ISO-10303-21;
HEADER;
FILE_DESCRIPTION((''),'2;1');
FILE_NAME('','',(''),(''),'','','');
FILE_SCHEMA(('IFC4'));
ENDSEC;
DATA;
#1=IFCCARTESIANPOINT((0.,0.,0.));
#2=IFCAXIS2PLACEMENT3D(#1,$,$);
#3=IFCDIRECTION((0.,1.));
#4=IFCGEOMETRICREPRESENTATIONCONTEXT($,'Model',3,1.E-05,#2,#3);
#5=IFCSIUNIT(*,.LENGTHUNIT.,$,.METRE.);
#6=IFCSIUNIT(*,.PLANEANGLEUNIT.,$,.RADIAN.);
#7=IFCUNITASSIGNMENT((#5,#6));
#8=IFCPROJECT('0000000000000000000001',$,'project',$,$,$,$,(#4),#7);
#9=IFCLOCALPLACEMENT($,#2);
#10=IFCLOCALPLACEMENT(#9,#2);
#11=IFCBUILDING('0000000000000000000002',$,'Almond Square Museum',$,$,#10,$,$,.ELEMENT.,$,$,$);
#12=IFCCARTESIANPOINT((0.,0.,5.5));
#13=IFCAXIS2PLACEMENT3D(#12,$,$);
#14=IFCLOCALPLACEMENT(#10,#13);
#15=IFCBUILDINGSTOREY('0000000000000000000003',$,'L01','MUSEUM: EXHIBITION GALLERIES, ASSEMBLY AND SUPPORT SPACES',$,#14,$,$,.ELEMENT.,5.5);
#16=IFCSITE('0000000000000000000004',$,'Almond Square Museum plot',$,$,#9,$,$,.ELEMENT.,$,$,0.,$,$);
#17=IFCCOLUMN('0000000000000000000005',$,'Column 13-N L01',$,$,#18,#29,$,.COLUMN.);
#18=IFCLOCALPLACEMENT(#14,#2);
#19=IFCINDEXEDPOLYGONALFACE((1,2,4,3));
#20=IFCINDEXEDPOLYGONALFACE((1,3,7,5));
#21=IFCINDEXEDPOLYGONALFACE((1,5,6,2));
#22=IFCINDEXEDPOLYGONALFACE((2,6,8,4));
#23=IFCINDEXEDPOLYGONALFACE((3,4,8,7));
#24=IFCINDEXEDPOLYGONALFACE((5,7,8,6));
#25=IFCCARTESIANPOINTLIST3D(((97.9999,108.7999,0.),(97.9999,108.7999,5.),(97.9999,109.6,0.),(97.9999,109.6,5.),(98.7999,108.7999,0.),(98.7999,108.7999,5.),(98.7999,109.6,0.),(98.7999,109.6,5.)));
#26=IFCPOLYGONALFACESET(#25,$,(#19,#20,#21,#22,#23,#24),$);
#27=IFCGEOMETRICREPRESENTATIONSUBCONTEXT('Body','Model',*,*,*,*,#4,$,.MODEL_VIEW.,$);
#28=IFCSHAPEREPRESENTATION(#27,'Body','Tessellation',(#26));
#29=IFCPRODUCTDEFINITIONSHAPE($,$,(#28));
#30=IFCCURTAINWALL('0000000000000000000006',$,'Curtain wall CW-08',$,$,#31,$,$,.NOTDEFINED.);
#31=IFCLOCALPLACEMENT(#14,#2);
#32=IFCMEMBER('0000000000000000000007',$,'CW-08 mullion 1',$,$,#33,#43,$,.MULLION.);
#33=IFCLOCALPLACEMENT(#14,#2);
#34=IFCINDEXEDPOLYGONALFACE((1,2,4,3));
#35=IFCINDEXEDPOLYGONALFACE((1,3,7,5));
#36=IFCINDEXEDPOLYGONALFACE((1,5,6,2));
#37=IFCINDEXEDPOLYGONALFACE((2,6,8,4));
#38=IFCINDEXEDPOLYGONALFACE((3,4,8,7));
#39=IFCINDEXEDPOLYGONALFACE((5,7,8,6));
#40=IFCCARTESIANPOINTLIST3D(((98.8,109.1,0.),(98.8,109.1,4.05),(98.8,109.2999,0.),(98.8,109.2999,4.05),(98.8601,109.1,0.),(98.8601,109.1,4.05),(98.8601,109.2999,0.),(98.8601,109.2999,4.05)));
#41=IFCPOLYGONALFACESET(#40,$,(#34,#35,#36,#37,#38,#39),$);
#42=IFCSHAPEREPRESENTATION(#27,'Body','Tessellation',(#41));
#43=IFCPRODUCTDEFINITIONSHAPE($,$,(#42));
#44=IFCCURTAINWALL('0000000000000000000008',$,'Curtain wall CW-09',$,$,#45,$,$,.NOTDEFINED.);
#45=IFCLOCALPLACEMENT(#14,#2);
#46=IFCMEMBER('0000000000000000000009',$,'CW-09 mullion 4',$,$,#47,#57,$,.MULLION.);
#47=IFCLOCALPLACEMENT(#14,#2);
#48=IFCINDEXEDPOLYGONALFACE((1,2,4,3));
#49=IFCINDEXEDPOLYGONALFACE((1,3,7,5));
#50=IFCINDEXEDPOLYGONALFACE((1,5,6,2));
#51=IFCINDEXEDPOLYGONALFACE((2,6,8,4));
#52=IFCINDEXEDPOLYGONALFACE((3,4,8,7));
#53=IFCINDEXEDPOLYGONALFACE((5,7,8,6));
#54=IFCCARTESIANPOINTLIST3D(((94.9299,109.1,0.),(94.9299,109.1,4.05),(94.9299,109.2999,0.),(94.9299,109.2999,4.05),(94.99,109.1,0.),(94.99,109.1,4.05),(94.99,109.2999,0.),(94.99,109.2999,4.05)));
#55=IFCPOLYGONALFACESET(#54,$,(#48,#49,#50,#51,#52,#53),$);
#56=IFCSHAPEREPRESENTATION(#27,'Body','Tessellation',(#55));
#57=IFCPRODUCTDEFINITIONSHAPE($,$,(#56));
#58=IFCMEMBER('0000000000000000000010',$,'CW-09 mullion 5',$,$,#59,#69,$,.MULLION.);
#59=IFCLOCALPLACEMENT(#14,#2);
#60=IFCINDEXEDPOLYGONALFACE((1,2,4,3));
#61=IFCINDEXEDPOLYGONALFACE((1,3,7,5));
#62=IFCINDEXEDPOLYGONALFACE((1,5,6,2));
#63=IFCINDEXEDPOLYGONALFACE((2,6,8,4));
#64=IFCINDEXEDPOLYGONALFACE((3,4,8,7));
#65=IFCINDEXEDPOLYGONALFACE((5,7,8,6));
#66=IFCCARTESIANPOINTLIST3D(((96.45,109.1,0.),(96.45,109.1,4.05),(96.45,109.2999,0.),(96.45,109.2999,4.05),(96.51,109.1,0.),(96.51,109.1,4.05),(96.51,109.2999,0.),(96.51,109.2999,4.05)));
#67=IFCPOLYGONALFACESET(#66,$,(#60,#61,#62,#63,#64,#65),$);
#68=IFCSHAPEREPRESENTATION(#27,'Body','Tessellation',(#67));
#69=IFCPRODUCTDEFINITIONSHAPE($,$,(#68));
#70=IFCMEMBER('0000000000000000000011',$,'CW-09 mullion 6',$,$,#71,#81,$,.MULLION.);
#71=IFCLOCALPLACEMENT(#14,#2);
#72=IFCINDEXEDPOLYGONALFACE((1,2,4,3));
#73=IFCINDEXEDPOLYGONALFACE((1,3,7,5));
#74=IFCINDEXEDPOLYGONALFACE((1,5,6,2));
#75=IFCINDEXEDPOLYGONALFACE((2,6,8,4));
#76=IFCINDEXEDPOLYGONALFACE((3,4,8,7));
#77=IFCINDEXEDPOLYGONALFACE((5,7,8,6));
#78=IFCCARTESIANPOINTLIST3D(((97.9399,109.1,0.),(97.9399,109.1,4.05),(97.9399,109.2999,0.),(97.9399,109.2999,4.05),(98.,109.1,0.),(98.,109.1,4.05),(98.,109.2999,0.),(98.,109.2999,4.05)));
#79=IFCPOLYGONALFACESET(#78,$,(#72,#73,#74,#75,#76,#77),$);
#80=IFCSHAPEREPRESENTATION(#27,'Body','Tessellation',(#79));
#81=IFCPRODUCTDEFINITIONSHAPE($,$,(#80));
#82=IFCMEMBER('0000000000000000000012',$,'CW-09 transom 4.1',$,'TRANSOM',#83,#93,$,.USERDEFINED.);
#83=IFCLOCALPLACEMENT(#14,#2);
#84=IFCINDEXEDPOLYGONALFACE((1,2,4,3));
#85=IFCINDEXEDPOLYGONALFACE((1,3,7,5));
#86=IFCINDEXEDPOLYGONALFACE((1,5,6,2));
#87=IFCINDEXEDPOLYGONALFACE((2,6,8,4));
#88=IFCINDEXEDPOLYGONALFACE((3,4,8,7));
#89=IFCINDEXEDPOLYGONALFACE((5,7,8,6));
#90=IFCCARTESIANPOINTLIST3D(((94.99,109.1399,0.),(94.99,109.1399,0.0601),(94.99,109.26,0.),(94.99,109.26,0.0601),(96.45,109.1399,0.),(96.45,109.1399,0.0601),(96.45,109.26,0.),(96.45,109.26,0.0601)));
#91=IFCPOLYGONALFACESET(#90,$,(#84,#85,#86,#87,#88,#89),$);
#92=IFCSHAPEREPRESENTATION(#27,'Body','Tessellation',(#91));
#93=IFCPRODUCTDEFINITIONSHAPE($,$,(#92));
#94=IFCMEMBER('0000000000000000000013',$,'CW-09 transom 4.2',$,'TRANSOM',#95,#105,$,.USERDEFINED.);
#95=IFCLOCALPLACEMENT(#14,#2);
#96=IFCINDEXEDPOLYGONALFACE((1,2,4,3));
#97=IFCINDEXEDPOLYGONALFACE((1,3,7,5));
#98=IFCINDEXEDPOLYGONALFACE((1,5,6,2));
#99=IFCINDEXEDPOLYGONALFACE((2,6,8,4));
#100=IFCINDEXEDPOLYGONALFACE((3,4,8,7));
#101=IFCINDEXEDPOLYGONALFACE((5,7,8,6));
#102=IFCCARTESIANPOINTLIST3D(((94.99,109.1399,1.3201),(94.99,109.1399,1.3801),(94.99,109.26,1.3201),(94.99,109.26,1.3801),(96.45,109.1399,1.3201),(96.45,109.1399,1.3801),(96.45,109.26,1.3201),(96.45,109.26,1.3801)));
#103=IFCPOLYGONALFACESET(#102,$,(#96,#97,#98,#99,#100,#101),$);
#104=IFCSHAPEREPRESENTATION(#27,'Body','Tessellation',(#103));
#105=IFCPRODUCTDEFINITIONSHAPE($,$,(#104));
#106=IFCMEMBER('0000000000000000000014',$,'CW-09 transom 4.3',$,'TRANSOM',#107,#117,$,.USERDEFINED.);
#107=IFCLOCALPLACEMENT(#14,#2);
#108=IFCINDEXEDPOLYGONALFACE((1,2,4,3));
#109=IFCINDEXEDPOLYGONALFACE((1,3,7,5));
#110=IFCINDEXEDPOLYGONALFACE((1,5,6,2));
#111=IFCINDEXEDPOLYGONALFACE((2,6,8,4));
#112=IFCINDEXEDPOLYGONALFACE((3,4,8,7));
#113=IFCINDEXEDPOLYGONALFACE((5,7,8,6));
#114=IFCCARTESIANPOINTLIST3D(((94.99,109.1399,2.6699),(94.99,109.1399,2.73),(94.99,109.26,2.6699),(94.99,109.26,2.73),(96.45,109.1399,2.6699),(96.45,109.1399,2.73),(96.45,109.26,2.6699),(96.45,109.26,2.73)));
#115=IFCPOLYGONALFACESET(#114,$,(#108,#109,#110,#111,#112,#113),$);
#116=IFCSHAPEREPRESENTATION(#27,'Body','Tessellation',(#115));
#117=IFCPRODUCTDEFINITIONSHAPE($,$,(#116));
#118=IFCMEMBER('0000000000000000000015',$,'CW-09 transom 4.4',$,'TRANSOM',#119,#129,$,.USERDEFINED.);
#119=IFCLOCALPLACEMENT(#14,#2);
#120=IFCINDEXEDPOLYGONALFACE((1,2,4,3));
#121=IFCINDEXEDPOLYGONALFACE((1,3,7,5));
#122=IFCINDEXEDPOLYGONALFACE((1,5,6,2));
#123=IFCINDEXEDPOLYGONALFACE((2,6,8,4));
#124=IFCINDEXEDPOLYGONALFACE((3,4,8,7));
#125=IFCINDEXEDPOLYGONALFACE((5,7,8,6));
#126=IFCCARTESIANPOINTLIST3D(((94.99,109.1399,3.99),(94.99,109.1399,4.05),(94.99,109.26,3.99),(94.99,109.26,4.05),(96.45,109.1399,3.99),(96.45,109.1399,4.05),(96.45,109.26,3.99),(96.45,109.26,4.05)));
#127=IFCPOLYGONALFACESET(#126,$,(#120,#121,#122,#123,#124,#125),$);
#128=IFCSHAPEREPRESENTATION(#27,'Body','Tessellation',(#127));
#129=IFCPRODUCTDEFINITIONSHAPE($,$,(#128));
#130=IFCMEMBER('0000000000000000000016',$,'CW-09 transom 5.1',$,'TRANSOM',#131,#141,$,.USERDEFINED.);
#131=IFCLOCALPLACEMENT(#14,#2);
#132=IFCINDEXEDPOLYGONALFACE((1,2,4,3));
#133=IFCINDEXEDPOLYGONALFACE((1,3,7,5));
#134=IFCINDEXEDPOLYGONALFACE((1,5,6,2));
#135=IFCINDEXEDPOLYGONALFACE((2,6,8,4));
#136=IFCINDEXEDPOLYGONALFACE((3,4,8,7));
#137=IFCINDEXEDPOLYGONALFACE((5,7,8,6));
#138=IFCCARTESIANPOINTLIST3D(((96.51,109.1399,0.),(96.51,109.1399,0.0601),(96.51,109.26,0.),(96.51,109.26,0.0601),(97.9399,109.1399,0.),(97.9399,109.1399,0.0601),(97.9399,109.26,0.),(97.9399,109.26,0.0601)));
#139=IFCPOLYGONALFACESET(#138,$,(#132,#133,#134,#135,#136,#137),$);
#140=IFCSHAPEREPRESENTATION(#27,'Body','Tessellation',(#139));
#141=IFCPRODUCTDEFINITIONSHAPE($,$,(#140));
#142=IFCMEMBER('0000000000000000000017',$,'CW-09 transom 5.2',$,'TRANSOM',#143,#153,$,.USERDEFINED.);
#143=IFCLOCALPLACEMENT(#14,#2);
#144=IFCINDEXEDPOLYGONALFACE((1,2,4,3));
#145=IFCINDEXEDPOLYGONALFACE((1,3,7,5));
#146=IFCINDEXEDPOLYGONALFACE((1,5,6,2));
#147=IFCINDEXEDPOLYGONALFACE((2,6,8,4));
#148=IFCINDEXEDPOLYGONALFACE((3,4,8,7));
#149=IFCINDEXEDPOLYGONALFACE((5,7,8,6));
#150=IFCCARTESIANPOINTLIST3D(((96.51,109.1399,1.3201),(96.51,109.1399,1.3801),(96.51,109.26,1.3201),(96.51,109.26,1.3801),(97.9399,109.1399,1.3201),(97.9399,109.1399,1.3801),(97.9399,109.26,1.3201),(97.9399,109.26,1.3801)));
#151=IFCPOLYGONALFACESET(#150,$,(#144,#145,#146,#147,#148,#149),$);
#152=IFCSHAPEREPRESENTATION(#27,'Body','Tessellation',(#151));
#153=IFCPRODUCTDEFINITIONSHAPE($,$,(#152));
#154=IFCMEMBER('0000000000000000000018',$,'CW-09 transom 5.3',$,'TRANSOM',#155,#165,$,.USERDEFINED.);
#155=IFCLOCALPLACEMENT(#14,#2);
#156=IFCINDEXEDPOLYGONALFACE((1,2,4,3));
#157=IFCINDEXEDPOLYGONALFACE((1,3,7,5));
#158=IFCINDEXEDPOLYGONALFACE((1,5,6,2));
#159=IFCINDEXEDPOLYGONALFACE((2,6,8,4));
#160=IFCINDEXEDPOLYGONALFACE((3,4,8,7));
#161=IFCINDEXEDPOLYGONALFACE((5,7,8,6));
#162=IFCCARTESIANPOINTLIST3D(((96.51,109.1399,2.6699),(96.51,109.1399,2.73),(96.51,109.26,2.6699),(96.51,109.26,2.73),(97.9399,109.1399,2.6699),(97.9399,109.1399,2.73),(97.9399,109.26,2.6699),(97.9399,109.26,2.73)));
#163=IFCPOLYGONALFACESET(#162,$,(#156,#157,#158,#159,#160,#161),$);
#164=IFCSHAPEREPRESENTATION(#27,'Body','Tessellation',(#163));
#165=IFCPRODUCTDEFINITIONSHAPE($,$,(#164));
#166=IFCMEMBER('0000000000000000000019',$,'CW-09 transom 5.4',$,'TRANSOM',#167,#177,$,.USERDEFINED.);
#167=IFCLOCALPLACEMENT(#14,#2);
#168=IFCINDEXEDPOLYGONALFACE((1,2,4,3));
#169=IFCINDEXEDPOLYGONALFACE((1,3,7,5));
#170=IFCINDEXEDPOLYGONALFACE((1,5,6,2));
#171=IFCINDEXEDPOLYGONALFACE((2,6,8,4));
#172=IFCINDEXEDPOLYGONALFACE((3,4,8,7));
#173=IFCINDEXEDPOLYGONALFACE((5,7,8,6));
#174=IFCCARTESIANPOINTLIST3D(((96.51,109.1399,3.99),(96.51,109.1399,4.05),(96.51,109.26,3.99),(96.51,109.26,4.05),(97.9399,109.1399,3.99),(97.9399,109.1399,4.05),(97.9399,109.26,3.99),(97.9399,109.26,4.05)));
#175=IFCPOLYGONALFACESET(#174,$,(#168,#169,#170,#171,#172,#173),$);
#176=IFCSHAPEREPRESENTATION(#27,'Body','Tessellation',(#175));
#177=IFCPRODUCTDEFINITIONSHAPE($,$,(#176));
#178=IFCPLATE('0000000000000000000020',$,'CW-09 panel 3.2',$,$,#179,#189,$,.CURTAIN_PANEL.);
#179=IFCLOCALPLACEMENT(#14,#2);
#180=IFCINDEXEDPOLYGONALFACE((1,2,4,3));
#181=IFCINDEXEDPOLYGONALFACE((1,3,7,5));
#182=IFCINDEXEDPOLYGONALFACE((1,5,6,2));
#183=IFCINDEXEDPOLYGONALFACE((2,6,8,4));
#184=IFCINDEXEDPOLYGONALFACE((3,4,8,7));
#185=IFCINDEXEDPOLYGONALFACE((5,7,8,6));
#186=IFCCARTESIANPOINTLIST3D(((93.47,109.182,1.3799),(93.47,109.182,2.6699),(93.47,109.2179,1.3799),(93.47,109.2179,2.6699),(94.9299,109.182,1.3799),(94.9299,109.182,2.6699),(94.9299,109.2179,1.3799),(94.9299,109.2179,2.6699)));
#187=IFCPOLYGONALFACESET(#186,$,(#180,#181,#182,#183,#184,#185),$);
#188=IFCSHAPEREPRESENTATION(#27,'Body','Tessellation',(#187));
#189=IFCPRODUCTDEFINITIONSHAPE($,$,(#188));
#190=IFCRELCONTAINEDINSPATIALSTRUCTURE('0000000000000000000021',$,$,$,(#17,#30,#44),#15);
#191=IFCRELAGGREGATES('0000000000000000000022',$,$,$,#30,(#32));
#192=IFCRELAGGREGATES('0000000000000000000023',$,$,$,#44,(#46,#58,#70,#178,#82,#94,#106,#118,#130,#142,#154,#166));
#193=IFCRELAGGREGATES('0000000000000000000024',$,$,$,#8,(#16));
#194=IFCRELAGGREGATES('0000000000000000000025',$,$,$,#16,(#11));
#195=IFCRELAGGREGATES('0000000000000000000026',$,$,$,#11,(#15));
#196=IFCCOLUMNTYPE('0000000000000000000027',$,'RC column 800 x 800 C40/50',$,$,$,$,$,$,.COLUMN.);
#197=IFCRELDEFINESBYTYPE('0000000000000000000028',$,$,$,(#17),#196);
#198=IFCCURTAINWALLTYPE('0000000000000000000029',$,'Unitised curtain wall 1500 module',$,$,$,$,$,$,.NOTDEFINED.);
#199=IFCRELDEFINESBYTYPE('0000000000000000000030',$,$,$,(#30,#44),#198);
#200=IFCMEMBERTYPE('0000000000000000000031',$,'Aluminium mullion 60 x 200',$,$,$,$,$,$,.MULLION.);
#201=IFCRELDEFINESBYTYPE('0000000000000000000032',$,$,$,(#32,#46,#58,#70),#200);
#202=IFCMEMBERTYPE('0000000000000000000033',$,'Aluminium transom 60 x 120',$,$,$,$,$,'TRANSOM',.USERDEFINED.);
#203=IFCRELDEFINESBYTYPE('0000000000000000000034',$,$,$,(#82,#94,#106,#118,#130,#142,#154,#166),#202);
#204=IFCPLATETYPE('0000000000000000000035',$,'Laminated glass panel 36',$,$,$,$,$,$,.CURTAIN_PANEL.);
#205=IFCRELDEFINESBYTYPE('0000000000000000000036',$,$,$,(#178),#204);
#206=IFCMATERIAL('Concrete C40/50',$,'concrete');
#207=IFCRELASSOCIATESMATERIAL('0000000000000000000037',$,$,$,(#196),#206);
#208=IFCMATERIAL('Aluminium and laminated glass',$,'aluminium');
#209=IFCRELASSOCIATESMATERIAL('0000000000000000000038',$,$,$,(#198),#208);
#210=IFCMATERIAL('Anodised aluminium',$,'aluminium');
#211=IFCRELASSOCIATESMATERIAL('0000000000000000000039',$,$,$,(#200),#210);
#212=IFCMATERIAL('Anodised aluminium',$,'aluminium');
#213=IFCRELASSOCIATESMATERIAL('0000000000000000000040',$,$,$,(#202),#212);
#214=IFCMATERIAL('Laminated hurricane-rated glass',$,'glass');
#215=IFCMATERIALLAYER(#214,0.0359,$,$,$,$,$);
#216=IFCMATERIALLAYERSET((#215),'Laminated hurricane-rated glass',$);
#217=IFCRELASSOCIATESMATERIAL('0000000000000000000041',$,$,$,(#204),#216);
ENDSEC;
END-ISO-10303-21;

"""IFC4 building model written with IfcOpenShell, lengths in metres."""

from ifc_helpers import new_model, si_unit, direction, frame, origin, origin_2d, place, context, subcontext, project, spatial, rectangle, extrude, material, layer, layer_set, material_profile, profile_set, type_object, element, aggregate, save


model = new_model("IFC4")

# Units and contexts
model_context = context("Model", 3, precision=1e-05, world=origin(), true_north=direction((0.0, 1.0)))
body_context = subcontext(model_context, "Body", "Model", "MODEL_VIEW")
ifc_project = project(units=[si_unit("LENGTHUNIT", "METRE"), si_unit("PLANEANGLEUNIT", "RADIAN")], contexts=[model_context])

# Site, building, storey
site_placement = place(None, origin())
site = spatial("IfcSite", under=ifc_project, at=site_placement, Name="Almond Square Museum plot", CompositionType="ELEMENT", RefElevation=0.0)
building_placement = place(site_placement, origin())
building = spatial("IfcBuilding", under=site, at=building_placement, Name="Almond Square Museum", CompositionType="ELEMENT")
storey_placement = place(building_placement, frame((0.0, 0.0, 5.5)))
storey = spatial("IfcBuildingStorey", under=building, at=storey_placement, Name="L01", Description="MUSEUM: EXHIBITION GALLERIES, ASSEMBLY AND SUPPORT SPACES", CompositionType="ELEMENT", Elevation=5.5)

# Column
ifc_material_1 = material(Name="Concrete C40/50", Category="concrete")
ifc_material_profile_1 = material_profile(ifc_material_1, rectangle(XDim=0.8, YDim=0.8, at=origin_2d()))
ifc_profile_set_1 = profile_set([ifc_material_profile_1], Name="Concrete C40/50")
column_type = type_object("IfcColumnType", Name="RC column 800 x 800 C40/50", PredefinedType="COLUMN", material=ifc_profile_set_1)
column_placement = place(storey_placement, frame((98.3999, 109.2, 0.0), z_axis=(0.0, 0.0, 1.0), x_axis=(1.0, 0.0, 0.0)))
element("IfcColumn", 1, at=column_placement, inside=storey, type_object=column_type, Name="Column 13-N L01", PredefinedType="COLUMN", context=body_context, shape_type="SweptSolid", body=[
    extrude(rectangle(XDim=0.8, YDim=0.8, at=origin_2d()), origin(), (0.0, 0.0, 1.0), 5.0),
])

# Curtain wall, member
ifc_material_2 = material(Name="Aluminium and laminated glass", Category="aluminium")
curtain_wall_type = type_object("IfcCurtainWallType", Name="Unitised curtain wall 1500 module", PredefinedType="NOTDEFINED", material=ifc_material_2)
curtain_wall_1_placement = place(storey_placement, origin())
curtain_wall_1 = element("IfcCurtainWall", 2, at=curtain_wall_1_placement, inside=storey, type_object=curtain_wall_type, Name="Curtain wall CW-08", PredefinedType="NOTDEFINED")
ifc_material_3 = material(Name="Anodised aluminium", Category="aluminium")
ifc_material_profile_2 = material_profile(ifc_material_3, rectangle(XDim=0.2, YDim=0.0601, at=origin_2d()))
ifc_profile_set_2 = profile_set([ifc_material_profile_2], Name="Anodised aluminium")
member_type_1 = type_object("IfcMemberType", Name="Aluminium mullion 60 x 200", PredefinedType="MULLION", material=ifc_profile_set_2)
member_1_placement = place(storey_placement, frame((98.8301, 109.2, 0.0), z_axis=(0.0, 0.0, 1.0), x_axis=(0.0, 1.0, 0.0)))
member_1 = element("IfcMember", 3, at=member_1_placement, type_object=member_type_1, Name="CW-08 mullion 1", PredefinedType="MULLION", context=body_context, shape_type="SweptSolid", body=[
    extrude(rectangle(XDim=0.2, YDim=0.0601, at=origin_2d()), origin(), (0.0, 0.0, 1.0), 4.05),
])
aggregate(curtain_wall_1, [member_1])

# Curtain wall, members, plate
curtain_wall_2_placement = place(storey_placement, origin())
curtain_wall_2 = element("IfcCurtainWall", 4, at=curtain_wall_2_placement, inside=storey, type_object=curtain_wall_type, Name="Curtain wall CW-09", PredefinedType="NOTDEFINED")
member_2_placement = place(storey_placement, frame((94.96, 109.2, 0.0), z_axis=(0.0, 0.0, 1.0), x_axis=(0.0, 1.0, 0.0)))
member_2 = element("IfcMember", 5, at=member_2_placement, type_object=member_type_1, Name="CW-09 mullion 4", PredefinedType="MULLION", context=body_context, shape_type="SweptSolid", body=[
    extrude(rectangle(XDim=0.2, YDim=0.0601, at=origin_2d()), origin(), (0.0, 0.0, 1.0), 4.05),
])
member_3_placement = place(storey_placement, frame((96.48, 109.2, 0.0), z_axis=(0.0, 0.0, 1.0), x_axis=(0.0, 1.0, 0.0)))
member_3 = element("IfcMember", 6, at=member_3_placement, type_object=member_type_1, Name="CW-09 mullion 5", PredefinedType="MULLION", context=body_context, shape_type="SweptSolid", body=[
    extrude(rectangle(XDim=0.2, YDim=0.0601, at=origin_2d()), origin(), (0.0, 0.0, 1.0), 4.05),
])
member_4_placement = place(storey_placement, frame((97.97, 109.2, 0.0), z_axis=(0.0, 0.0, 1.0), x_axis=(0.0, 1.0, 0.0)))
member_4 = element("IfcMember", 7, at=member_4_placement, type_object=member_type_1, Name="CW-09 mullion 6", PredefinedType="MULLION", context=body_context, shape_type="SweptSolid", body=[
    extrude(rectangle(XDim=0.2, YDim=0.0601, at=origin_2d()), origin(), (0.0, 0.0, 1.0), 4.05),
])
ifc_material_4 = material(Name="Anodised aluminium", Category="aluminium")
ifc_material_profile_3 = material_profile(ifc_material_4, rectangle(XDim=0.1201, YDim=0.0601, at=origin_2d()))
ifc_profile_set_3 = profile_set([ifc_material_profile_3], Name="Anodised aluminium")
member_type_2 = type_object("IfcMemberType", Name="Aluminium transom 60 x 120", ElementType="TRANSOM", PredefinedType="USERDEFINED", material=ifc_profile_set_3)
member_5_placement = place(storey_placement, frame((94.99, 109.2, 0.03), z_axis=(1.0, 0.0, 0.0), x_axis=(0.0, 1.0, 0.0)))
member_5 = element("IfcMember", 8, at=member_5_placement, type_object=member_type_2, Name="CW-09 transom 4.1", ObjectType="TRANSOM", PredefinedType="USERDEFINED", context=body_context, shape_type="SweptSolid", body=[
    extrude(rectangle(XDim=0.1201, YDim=0.0601, at=origin_2d()), origin(), (0.0, 0.0, 1.0), 1.46),
])
member_6_placement = place(storey_placement, frame((94.99, 109.2, 1.3501), z_axis=(1.0, 0.0, 0.0), x_axis=(0.0, 1.0, 0.0)))
member_6 = element("IfcMember", 9, at=member_6_placement, type_object=member_type_2, Name="CW-09 transom 4.2", ObjectType="TRANSOM", PredefinedType="USERDEFINED", context=body_context, shape_type="SweptSolid", body=[
    extrude(rectangle(XDim=0.1201, YDim=0.0601, at=origin_2d()), origin(), (0.0, 0.0, 1.0), 1.46),
])
member_7_placement = place(storey_placement, frame((94.99, 109.2, 2.7), z_axis=(1.0, 0.0, 0.0), x_axis=(0.0, 1.0, 0.0)))
member_7 = element("IfcMember", 10, at=member_7_placement, type_object=member_type_2, Name="CW-09 transom 4.3", ObjectType="TRANSOM", PredefinedType="USERDEFINED", context=body_context, shape_type="SweptSolid", body=[
    extrude(rectangle(XDim=0.1201, YDim=0.0601, at=origin_2d()), origin(), (0.0, 0.0, 1.0), 1.46),
])
member_8_placement = place(storey_placement, frame((94.99, 109.2, 4.02), z_axis=(1.0, 0.0, 0.0), x_axis=(0.0, 1.0, 0.0)))
member_8 = element("IfcMember", 11, at=member_8_placement, type_object=member_type_2, Name="CW-09 transom 4.4", ObjectType="TRANSOM", PredefinedType="USERDEFINED", context=body_context, shape_type="SweptSolid", body=[
    extrude(rectangle(XDim=0.1201, YDim=0.0601, at=origin_2d()), origin(), (0.0, 0.0, 1.0), 1.46),
])
member_9_placement = place(storey_placement, frame((96.51, 109.2, 0.03), z_axis=(1.0, 0.0, 0.0), x_axis=(0.0, 1.0, 0.0)))
member_9 = element("IfcMember", 12, at=member_9_placement, type_object=member_type_2, Name="CW-09 transom 5.1", ObjectType="TRANSOM", PredefinedType="USERDEFINED", context=body_context, shape_type="SweptSolid", body=[
    extrude(rectangle(XDim=0.1201, YDim=0.0601, at=origin_2d()), origin(), (0.0, 0.0, 1.0), 1.4299),
])
member_10_placement = place(storey_placement, frame((96.51, 109.2, 1.3501), z_axis=(1.0, 0.0, 0.0), x_axis=(0.0, 1.0, 0.0)))
member_10 = element("IfcMember", 13, at=member_10_placement, type_object=member_type_2, Name="CW-09 transom 5.2", ObjectType="TRANSOM", PredefinedType="USERDEFINED", context=body_context, shape_type="SweptSolid", body=[
    extrude(rectangle(XDim=0.1201, YDim=0.0601, at=origin_2d()), origin(), (0.0, 0.0, 1.0), 1.4299),
])
member_11_placement = place(storey_placement, frame((96.51, 109.2, 2.7), z_axis=(1.0, 0.0, 0.0), x_axis=(0.0, 1.0, 0.0)))
member_11 = element("IfcMember", 14, at=member_11_placement, type_object=member_type_2, Name="CW-09 transom 5.3", ObjectType="TRANSOM", PredefinedType="USERDEFINED", context=body_context, shape_type="SweptSolid", body=[
    extrude(rectangle(XDim=0.1201, YDim=0.0601, at=origin_2d()), origin(), (0.0, 0.0, 1.0), 1.4299),
])
member_12_placement = place(storey_placement, frame((96.51, 109.2, 4.02), z_axis=(1.0, 0.0, 0.0), x_axis=(0.0, 1.0, 0.0)))
member_12 = element("IfcMember", 15, at=member_12_placement, type_object=member_type_2, Name="CW-09 transom 5.4", ObjectType="TRANSOM", PredefinedType="USERDEFINED", context=body_context, shape_type="SweptSolid", body=[
    extrude(rectangle(XDim=0.1201, YDim=0.0601, at=origin_2d()), origin(), (0.0, 0.0, 1.0), 1.4299),
])
ifc_material_5 = material(Name="Laminated hurricane-rated glass", Category="glass")
ifc_layer = layer(ifc_material_5, 0.0359)
ifc_layer_set = layer_set([ifc_layer], Name="Laminated hurricane-rated glass")
plate_type = type_object("IfcPlateType", Name="Laminated glass panel 36", PredefinedType="CURTAIN_PANEL", material=ifc_layer_set)
plate_1_placement = place(storey_placement, frame((94.2, 109.2, 1.3799), z_axis=(0.0, 0.0, 1.0), x_axis=(1.0, 0.0, 0.0)))
plate_1 = element("IfcPlate", 16, at=plate_1_placement, type_object=plate_type, Name="CW-09 panel 3.2", PredefinedType="CURTAIN_PANEL", context=body_context, shape_type="SweptSolid", body=[
    extrude(rectangle(XDim=1.46, YDim=0.0359, at=origin_2d()), origin(), (0.0, 0.0, 1.0), 1.29),
])
aggregate(curtain_wall_2, [member_2, member_3, member_4, plate_1, member_5, member_6, member_7, member_8, member_9, member_10, member_11, member_12])

save(model, "model.ifc")
